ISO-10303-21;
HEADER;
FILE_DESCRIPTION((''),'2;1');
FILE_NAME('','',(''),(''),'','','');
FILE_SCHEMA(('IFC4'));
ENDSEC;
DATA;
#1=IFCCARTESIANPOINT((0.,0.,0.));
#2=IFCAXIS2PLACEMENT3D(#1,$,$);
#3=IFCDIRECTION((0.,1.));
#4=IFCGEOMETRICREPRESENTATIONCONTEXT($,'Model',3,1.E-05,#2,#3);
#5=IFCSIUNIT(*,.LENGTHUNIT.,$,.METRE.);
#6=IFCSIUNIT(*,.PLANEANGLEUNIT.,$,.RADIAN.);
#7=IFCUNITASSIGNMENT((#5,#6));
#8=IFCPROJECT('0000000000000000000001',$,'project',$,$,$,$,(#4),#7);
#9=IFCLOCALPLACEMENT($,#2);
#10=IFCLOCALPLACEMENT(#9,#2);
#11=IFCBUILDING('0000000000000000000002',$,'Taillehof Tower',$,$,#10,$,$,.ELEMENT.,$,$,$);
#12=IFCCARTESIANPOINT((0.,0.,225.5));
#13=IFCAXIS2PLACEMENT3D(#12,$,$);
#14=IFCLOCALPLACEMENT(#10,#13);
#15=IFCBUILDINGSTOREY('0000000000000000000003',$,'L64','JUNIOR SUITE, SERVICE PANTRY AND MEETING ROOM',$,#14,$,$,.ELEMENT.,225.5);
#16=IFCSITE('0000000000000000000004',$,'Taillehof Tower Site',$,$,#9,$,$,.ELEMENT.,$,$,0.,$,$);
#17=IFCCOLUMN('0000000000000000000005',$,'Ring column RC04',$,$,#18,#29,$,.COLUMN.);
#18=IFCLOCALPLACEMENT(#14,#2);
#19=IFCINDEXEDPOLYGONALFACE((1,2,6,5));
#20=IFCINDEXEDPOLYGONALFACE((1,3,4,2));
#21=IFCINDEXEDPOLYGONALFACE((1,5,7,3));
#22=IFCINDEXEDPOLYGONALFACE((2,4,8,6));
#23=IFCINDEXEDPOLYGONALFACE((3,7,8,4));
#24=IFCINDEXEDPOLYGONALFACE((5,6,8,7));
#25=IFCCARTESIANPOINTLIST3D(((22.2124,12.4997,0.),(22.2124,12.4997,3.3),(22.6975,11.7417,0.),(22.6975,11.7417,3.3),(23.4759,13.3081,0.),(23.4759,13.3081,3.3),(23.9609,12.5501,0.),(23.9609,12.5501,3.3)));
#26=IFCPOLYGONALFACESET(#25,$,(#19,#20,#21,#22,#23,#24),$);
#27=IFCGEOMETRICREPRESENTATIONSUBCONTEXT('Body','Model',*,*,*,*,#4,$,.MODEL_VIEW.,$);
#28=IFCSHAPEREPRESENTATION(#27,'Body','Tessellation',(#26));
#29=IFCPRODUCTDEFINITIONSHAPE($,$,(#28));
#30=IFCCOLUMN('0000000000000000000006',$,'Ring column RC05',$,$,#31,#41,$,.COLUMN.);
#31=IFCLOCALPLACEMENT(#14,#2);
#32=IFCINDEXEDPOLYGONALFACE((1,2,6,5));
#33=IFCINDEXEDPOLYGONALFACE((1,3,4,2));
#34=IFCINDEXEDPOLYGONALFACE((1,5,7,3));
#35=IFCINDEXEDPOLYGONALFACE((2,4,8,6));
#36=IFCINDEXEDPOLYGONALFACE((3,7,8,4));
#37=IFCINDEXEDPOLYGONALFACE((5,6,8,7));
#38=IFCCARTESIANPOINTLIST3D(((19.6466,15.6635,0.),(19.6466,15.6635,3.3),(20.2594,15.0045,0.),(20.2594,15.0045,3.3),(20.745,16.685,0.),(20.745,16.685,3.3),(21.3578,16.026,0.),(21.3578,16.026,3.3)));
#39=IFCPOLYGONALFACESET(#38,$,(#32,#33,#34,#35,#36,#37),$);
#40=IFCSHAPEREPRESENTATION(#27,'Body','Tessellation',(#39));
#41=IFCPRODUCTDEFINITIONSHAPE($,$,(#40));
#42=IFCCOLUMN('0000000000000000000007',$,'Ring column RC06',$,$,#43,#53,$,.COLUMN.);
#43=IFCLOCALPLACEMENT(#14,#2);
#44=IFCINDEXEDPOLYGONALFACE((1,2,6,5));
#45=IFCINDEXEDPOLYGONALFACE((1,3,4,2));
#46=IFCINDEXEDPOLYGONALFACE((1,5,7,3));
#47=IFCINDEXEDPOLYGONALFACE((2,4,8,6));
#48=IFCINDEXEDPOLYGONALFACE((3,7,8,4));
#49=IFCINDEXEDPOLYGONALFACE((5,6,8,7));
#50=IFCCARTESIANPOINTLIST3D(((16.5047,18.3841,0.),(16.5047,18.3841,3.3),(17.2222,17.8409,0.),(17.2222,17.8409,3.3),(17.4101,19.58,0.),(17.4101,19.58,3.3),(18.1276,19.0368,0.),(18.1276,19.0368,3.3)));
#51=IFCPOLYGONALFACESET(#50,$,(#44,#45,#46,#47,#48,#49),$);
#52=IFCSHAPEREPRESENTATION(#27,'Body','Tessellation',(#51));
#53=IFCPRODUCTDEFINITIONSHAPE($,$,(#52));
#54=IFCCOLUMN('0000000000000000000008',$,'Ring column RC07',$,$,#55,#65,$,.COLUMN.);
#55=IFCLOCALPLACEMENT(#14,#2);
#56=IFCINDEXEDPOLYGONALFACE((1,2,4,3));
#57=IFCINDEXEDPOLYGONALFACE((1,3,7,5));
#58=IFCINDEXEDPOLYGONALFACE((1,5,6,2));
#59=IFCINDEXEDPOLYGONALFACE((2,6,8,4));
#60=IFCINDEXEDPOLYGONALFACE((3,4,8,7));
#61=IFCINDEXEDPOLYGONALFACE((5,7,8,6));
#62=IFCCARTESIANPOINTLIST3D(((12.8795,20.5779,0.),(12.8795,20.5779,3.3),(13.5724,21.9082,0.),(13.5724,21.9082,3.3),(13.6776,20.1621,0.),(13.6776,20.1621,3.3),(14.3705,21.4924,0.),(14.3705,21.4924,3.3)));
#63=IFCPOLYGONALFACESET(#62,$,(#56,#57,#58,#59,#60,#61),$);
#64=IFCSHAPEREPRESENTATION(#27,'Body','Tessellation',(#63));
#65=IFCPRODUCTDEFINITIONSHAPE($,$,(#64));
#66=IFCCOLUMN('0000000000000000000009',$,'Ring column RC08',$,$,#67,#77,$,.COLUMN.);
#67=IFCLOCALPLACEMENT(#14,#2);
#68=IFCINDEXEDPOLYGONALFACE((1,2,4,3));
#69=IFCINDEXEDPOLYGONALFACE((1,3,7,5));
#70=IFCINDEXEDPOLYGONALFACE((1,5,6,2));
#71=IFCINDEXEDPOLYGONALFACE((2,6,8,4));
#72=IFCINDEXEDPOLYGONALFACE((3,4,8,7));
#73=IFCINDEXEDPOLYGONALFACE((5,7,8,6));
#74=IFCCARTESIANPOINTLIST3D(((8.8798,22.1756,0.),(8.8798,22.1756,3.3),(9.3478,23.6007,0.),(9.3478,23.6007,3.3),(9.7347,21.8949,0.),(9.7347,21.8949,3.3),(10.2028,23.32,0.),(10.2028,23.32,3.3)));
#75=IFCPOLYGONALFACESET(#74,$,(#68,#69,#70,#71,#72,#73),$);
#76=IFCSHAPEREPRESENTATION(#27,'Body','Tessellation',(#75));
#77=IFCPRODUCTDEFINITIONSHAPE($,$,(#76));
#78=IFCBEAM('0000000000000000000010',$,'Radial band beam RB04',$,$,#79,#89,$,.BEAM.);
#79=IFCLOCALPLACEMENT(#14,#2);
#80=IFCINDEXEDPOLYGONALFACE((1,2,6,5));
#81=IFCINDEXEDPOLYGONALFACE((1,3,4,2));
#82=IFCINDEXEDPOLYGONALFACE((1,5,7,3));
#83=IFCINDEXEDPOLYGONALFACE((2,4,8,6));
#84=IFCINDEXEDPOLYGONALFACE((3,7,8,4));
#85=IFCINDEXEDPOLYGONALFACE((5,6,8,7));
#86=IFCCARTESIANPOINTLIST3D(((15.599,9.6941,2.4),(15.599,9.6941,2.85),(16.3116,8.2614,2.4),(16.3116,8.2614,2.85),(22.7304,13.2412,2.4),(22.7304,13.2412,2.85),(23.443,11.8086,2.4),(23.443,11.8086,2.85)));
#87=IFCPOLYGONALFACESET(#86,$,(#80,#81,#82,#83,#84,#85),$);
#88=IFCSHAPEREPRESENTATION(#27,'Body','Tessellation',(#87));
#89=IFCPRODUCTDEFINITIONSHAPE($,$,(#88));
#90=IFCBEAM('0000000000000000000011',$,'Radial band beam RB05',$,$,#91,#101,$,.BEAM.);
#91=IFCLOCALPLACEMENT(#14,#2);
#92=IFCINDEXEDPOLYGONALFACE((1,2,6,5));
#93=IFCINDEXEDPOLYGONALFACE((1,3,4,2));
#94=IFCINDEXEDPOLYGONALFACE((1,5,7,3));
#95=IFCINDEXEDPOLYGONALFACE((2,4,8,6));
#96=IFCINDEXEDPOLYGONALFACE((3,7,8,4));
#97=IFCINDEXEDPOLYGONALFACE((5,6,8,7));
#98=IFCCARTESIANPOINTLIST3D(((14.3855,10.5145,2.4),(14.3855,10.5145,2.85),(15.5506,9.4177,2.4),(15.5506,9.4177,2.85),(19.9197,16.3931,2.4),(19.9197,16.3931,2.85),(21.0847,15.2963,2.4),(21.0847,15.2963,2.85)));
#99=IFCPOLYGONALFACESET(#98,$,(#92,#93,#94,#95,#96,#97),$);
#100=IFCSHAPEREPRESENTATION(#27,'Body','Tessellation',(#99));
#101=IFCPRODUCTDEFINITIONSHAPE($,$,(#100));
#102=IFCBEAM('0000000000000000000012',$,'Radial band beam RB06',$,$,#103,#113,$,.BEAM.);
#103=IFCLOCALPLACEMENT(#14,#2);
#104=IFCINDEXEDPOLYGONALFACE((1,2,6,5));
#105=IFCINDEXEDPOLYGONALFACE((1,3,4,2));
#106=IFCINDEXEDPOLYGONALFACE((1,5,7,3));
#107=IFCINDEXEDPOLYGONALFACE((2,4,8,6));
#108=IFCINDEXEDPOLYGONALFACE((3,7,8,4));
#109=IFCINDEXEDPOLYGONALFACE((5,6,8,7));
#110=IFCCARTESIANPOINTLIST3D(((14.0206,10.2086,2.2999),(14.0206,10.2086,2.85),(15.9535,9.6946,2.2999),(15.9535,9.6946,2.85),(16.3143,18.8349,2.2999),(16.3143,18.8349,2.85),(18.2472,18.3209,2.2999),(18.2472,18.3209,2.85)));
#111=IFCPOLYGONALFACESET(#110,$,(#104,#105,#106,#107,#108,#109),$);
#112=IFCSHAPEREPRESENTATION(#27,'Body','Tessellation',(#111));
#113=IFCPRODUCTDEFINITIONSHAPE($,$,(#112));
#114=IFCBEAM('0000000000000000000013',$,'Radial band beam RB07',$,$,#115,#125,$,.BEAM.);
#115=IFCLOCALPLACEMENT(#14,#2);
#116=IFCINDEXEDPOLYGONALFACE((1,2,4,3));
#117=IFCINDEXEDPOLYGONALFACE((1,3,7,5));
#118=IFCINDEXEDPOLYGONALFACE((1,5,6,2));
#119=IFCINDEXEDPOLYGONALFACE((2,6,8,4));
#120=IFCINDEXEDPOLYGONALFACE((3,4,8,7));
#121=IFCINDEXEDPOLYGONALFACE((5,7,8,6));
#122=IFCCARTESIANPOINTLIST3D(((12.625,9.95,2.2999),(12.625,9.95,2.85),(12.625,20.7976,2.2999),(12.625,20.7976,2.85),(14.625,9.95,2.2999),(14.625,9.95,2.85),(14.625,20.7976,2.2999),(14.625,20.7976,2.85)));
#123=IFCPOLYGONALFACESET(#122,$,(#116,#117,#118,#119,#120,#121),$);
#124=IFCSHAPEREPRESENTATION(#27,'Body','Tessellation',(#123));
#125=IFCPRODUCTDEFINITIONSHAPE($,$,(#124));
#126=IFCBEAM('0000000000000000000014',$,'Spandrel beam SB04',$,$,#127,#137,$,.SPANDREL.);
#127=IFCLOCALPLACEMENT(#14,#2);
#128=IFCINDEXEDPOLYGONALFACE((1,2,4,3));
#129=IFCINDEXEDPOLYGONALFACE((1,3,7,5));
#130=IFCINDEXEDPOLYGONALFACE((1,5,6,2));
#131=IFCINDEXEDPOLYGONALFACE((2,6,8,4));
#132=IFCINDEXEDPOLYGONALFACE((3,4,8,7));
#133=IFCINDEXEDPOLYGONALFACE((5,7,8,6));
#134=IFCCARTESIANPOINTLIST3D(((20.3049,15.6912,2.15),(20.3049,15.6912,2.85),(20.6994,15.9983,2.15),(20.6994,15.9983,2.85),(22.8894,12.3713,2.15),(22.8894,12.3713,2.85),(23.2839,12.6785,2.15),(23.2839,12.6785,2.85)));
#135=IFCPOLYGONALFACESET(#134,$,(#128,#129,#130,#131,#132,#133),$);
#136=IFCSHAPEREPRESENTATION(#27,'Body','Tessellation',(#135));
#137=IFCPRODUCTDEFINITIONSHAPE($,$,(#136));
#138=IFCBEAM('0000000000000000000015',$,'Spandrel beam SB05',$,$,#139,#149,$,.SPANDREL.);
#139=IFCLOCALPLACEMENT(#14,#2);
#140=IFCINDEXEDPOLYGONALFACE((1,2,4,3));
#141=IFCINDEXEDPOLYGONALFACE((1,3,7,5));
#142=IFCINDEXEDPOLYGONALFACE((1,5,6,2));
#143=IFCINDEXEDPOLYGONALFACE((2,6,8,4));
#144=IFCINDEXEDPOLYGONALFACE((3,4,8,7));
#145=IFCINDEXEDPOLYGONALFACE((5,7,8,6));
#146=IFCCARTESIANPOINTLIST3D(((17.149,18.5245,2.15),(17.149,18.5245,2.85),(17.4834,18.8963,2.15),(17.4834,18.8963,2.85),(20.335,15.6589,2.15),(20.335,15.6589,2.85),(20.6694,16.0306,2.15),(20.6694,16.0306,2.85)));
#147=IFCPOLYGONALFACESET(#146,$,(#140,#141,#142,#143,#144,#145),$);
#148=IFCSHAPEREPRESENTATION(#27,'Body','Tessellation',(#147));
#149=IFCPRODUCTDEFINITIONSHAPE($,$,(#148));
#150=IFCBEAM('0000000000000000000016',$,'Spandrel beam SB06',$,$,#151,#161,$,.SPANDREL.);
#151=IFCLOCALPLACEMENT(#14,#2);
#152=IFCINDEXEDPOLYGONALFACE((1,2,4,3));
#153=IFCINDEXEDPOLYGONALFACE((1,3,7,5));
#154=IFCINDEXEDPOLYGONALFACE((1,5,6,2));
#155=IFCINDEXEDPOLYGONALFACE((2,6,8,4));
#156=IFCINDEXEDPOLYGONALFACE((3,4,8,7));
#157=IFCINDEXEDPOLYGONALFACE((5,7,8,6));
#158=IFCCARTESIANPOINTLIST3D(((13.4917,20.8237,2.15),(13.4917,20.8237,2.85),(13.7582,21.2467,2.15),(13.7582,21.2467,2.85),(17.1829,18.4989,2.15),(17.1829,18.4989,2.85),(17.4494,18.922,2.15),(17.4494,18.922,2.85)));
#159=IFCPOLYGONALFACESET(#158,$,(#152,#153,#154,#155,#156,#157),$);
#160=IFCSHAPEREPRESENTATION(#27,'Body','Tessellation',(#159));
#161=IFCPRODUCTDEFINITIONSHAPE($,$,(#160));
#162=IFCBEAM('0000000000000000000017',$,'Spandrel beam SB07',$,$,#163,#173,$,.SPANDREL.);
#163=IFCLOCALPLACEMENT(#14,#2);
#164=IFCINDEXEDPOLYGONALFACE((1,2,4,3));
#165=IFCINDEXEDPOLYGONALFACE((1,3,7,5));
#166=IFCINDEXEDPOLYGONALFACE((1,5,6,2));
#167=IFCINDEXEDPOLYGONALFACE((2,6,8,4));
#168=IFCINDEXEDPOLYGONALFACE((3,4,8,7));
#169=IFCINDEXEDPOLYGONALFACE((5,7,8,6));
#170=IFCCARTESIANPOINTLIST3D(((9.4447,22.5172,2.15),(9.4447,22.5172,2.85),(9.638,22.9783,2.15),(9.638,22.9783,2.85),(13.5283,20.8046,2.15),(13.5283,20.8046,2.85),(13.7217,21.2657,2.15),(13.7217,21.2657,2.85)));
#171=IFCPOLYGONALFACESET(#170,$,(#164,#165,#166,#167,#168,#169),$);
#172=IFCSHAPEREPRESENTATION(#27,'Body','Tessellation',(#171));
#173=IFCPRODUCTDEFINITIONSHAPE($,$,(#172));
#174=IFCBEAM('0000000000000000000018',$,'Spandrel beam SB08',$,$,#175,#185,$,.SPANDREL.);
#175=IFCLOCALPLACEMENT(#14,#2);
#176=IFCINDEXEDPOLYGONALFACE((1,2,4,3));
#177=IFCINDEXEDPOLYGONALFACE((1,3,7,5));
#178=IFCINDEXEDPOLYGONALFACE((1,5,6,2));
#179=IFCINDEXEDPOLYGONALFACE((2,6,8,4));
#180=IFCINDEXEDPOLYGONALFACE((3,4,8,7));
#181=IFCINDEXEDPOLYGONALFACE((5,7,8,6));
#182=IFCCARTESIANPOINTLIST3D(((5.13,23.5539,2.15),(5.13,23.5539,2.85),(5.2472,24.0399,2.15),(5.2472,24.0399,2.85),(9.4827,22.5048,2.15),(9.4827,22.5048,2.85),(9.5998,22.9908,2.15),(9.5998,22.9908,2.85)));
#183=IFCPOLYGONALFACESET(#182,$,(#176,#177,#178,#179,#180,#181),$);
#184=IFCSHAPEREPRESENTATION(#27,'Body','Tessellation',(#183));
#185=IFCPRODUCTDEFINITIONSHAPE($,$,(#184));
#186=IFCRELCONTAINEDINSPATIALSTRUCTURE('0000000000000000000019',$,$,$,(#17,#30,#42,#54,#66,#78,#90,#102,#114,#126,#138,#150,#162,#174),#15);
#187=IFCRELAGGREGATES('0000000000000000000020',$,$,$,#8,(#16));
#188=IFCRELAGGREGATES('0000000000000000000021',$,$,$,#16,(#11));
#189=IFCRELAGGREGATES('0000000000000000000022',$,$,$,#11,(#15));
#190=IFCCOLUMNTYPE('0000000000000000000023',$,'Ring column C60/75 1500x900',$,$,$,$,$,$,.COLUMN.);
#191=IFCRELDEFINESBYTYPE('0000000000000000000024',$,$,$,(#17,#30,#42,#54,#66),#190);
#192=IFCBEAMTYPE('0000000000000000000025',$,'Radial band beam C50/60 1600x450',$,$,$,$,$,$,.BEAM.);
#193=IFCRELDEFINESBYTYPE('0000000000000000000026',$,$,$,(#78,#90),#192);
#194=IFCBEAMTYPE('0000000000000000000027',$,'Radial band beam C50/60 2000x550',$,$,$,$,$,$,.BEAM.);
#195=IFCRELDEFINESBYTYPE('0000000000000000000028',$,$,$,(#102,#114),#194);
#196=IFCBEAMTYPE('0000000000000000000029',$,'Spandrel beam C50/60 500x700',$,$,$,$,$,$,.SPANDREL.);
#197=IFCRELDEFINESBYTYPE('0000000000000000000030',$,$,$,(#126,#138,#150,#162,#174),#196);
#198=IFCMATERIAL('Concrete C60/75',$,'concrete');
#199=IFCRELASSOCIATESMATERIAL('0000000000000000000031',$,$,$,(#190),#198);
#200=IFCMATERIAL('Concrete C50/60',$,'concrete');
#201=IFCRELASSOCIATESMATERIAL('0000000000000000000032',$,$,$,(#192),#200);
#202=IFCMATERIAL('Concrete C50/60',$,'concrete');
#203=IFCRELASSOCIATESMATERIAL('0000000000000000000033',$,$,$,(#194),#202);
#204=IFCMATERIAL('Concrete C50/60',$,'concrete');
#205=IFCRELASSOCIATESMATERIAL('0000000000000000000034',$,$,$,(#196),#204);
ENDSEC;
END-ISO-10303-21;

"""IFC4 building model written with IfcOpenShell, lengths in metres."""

from ifc_helpers import new_model, si_unit, direction, frame, origin, origin_2d, place, context, subcontext, project, spatial, rectangle, extrude, material, material_profile, profile_set, type_object, element, save


model = new_model("IFC4")

# Units and contexts
model_context = context("Model", 3, precision=1e-05, world=origin(), true_north=direction((0.0, 1.0)))
body_context = subcontext(model_context, "Body", "Model", "MODEL_VIEW")
ifc_project = project(units=[si_unit("LENGTHUNIT", "METRE"), si_unit("PLANEANGLEUNIT", "RADIAN")], contexts=[model_context])

# Site, building, storey
site_placement = place(None, origin())
site = spatial("IfcSite", under=ifc_project, at=site_placement, Name="Taillehof Tower Site", CompositionType="ELEMENT", RefElevation=0.0)
building_placement = place(site_placement, origin())
building = spatial("IfcBuilding", under=site, at=building_placement, Name="Taillehof Tower", CompositionType="ELEMENT")
storey_placement = place(building_placement, frame((0.0, 0.0, 225.5)))
storey = spatial("IfcBuildingStorey", under=building, at=storey_placement, Name="L64", Description="JUNIOR SUITE, SERVICE PANTRY AND MEETING ROOM", CompositionType="ELEMENT", Elevation=225.5)

# Columns
ifc_material_1 = material(Name="Concrete C60/75", Category="concrete")
ifc_material_profile_1 = material_profile(ifc_material_1, rectangle(XDim=1.5, YDim=0.8999, at=origin_2d()), Name="RC 1500x900")
ifc_profile_set_1 = profile_set([ifc_material_profile_1], Name="Concrete C60/75")
column_type = type_object("IfcColumnType", Name="Ring column C60/75 1500x900", PredefinedType="COLUMN", material=ifc_profile_set_1)
for number, where, z_axis, x_axis, name in (
    (1, (23.0867, 12.5249, 0.0), (0.0, 0.0, 1.0), (0.842311, 0.538992, 0.0), "Ring column RC04"),
    (2, (20.5022, 15.8447, 0.0), (0.0, 0.0, 1.0), (0.732271, 0.681013, 0.0), "Ring column RC05"),
    (3, (17.3162, 18.7104, 0.0), (0.0, 0.0, 1.0), (0.603608, 0.797281, 0.0), "Ring column RC06"),
    (4, (13.625, 21.0352, 0.0), (0.0, 0.0, 1.0), (0.461993, 0.886883, 0.0), "Ring column RC07"),
    (5, (9.5413, 22.7478, 0.0), (0.0, 0.0, 1.0), (0.312001, 0.950082, 0.0), "Ring column RC08"),
):
    element("IfcColumn", number, at=place(storey_placement, frame(where, z_axis=z_axis, x_axis=x_axis)), inside=storey, type_object=column_type, Name=name, PredefinedType="COLUMN", context=body_context, shape_type="SweptSolid", body=[
        extrude(rectangle(XDim=1.5, YDim=0.8999, at=origin_2d()), origin(), (0.0, 0.0, 1.0), 3.3),
    ])

# Beams
ifc_material_2 = material(Name="Concrete C50/60", Category="concrete")
ifc_material_profile_2 = material_profile(ifc_material_2, rectangle(XDim=1.6001, YDim=0.45, at=origin_2d()), Name="RC 1600x450")
ifc_profile_set_2 = profile_set([ifc_material_profile_2], Name="Concrete C50/60")
beam_type_1 = type_object("IfcBeamType", Name="Radial band beam C50/60 1600x450", PredefinedType="BEAM", material=ifc_profile_set_2)
beam_1_placement = place(storey_placement, frame((23.0867, 12.5249, 2.625), z_axis=(-0.895357, -0.445349, 0.0), x_axis=(0.445349, -0.895357, 0.0)))
element("IfcBeam", 6, at=beam_1_placement, inside=storey, type_object=beam_type_1, Name="Radial band beam RB04", PredefinedType="BEAM", context=body_context, shape_type="SweptSolid", body=[
    extrude(rectangle(XDim=1.6001, YDim=0.45, at=origin_2d()), origin(), (0.0, 0.0, 1.0), 7.9648),
])
beam_2_placement = place(storey_placement, frame((20.5022, 15.8447, 2.625), z_axis=(-0.685451, -0.728118, 0.0), x_axis=(0.728118, -0.685451, 0.0)))
element("IfcBeam", 7, at=beam_2_placement, inside=storey, type_object=beam_type_1, Name="Radial band beam RB05", PredefinedType="BEAM", context=body_context, shape_type="SweptSolid", body=[
    extrude(rectangle(XDim=1.6001, YDim=0.45, at=origin_2d()), origin(), (0.0, 0.0, 1.0), 8.0737),
])
ifc_material_3 = material(Name="Concrete C50/60", Category="concrete")
ifc_material_profile_3 = material_profile(ifc_material_3, rectangle(XDim=2.0, YDim=0.55, at=origin_2d()), Name="RC 2000x550")
ifc_profile_set_3 = profile_set([ifc_material_profile_3], Name="Concrete C50/60")
beam_type_2 = type_object("IfcBeamType", Name="Radial band beam C50/60 2000x550", PredefinedType="BEAM", material=ifc_profile_set_3)
beam_3_placement = place(storey_placement, frame((17.2808, 18.5779, 2.575), z_axis=(-0.25697, -0.966419, 0.0), x_axis=(0.966419, -0.25697, 0.0)))
element("IfcBeam", 8, at=beam_3_placement, inside=storey, type_object=beam_type_2, Name="Radial band beam RB06", PredefinedType="BEAM", context=body_context, shape_type="SweptSolid", body=[
    extrude(rectangle(XDim=2.0, YDim=0.55, at=origin_2d()), origin(), (0.0, 0.0, 1.0), 8.926),
])
beam_4_placement = place(storey_placement, frame((13.625, 20.7976, 2.575), z_axis=(0.0, -1.0, 0.0), x_axis=(1.0, 0.0, 0.0)))
element("IfcBeam", 9, at=beam_4_placement, inside=storey, type_object=beam_type_2, Name="Radial band beam RB07", PredefinedType="BEAM", context=body_context, shape_type="SweptSolid", body=[
    extrude(rectangle(XDim=2.0, YDim=0.55, at=origin_2d()), origin(), (0.0, 0.0, 1.0), 10.8477),
])
ifc_material_4 = material(Name="Concrete C50/60", Category="concrete")
ifc_material_profile_4 = material_profile(ifc_material_4, rectangle(XDim=0.5, YDim=0.7, at=origin_2d()), Name="RC 500x700")
ifc_profile_set_4 = profile_set([ifc_material_profile_4], Name="Concrete C50/60")
beam_type_3 = type_object("IfcBeamType", Name="Spandrel beam C50/60 500x700", PredefinedType="SPANDREL", material=ifc_profile_set_4)
beam_5_placement = place(storey_placement, frame((23.0867, 12.5249, 2.5), z_axis=(-0.614294, 0.789077, 0.0), x_axis=(-0.789077, -0.614294, 0.0)))
element("IfcBeam", 10, at=beam_5_placement, inside=storey, type_object=beam_type_3, Name="Spandrel beam SB04", PredefinedType="SPANDREL", context=body_context, shape_type="SweptSolid", body=[
    extrude(rectangle(XDim=0.5, YDim=0.7, at=origin_2d()), origin(), (0.0, 0.0, 1.0), 4.2073),
])
beam_6_placement = place(storey_placement, frame((20.5022, 15.8447, 2.5), z_axis=(-0.743492, 0.668744, 0.0), x_axis=(-0.668744, -0.743492, 0.0)))
element("IfcBeam", 11, at=beam_6_placement, inside=storey, type_object=beam_type_3, Name="Spandrel beam SB05", PredefinedType="SPANDREL", context=body_context, shape_type="SweptSolid", body=[
    extrude(rectangle(XDim=0.5, YDim=0.7, at=origin_2d()), origin(), (0.0, 0.0, 1.0), 4.2852),
])
beam_7_placement = place(storey_placement, frame((17.3162, 18.7104, 2.5), z_axis=(-0.846166, 0.532919, 0.0), x_axis=(-0.532919, -0.846166, 0.0)))
element("IfcBeam", 12, at=beam_7_placement, inside=storey, type_object=beam_type_3, Name="Spandrel beam SB06", PredefinedType="SPANDREL", context=body_context, shape_type="SweptSolid", body=[
    extrude(rectangle(XDim=0.5, YDim=0.7, at=origin_2d()), origin(), (0.0, 0.0, 1.0), 4.3623),
])
beam_8_placement = place(storey_placement, frame((13.625, 21.0352, 2.5), z_axis=(-0.922186, 0.386748, 0.0), x_axis=(-0.386748, -0.922186, 0.0)))
element("IfcBeam", 13, at=beam_8_placement, inside=storey, type_object=beam_type_3, Name="Spandrel beam SB07", PredefinedType="SPANDREL", context=body_context, shape_type="SweptSolid", body=[
    extrude(rectangle(XDim=0.5, YDim=0.7, at=origin_2d()), origin(), (0.0, 0.0, 1.0), 4.4282),
])
beam_9_placement = place(storey_placement, frame((9.5413, 22.7478, 2.5), z_axis=(-0.972161, 0.234315, 0.0), x_axis=(-0.234315, -0.972161, 0.0)))
element("IfcBeam", 14, at=beam_9_placement, inside=storey, type_object=beam_type_3, Name="Spandrel beam SB08", PredefinedType="SPANDREL", context=body_context, shape_type="SweptSolid", body=[
    extrude(rectangle(XDim=0.5, YDim=0.7, at=origin_2d()), origin(), (0.0, 0.0, 1.0), 4.4773),
])

save(model, "model.ifc")
